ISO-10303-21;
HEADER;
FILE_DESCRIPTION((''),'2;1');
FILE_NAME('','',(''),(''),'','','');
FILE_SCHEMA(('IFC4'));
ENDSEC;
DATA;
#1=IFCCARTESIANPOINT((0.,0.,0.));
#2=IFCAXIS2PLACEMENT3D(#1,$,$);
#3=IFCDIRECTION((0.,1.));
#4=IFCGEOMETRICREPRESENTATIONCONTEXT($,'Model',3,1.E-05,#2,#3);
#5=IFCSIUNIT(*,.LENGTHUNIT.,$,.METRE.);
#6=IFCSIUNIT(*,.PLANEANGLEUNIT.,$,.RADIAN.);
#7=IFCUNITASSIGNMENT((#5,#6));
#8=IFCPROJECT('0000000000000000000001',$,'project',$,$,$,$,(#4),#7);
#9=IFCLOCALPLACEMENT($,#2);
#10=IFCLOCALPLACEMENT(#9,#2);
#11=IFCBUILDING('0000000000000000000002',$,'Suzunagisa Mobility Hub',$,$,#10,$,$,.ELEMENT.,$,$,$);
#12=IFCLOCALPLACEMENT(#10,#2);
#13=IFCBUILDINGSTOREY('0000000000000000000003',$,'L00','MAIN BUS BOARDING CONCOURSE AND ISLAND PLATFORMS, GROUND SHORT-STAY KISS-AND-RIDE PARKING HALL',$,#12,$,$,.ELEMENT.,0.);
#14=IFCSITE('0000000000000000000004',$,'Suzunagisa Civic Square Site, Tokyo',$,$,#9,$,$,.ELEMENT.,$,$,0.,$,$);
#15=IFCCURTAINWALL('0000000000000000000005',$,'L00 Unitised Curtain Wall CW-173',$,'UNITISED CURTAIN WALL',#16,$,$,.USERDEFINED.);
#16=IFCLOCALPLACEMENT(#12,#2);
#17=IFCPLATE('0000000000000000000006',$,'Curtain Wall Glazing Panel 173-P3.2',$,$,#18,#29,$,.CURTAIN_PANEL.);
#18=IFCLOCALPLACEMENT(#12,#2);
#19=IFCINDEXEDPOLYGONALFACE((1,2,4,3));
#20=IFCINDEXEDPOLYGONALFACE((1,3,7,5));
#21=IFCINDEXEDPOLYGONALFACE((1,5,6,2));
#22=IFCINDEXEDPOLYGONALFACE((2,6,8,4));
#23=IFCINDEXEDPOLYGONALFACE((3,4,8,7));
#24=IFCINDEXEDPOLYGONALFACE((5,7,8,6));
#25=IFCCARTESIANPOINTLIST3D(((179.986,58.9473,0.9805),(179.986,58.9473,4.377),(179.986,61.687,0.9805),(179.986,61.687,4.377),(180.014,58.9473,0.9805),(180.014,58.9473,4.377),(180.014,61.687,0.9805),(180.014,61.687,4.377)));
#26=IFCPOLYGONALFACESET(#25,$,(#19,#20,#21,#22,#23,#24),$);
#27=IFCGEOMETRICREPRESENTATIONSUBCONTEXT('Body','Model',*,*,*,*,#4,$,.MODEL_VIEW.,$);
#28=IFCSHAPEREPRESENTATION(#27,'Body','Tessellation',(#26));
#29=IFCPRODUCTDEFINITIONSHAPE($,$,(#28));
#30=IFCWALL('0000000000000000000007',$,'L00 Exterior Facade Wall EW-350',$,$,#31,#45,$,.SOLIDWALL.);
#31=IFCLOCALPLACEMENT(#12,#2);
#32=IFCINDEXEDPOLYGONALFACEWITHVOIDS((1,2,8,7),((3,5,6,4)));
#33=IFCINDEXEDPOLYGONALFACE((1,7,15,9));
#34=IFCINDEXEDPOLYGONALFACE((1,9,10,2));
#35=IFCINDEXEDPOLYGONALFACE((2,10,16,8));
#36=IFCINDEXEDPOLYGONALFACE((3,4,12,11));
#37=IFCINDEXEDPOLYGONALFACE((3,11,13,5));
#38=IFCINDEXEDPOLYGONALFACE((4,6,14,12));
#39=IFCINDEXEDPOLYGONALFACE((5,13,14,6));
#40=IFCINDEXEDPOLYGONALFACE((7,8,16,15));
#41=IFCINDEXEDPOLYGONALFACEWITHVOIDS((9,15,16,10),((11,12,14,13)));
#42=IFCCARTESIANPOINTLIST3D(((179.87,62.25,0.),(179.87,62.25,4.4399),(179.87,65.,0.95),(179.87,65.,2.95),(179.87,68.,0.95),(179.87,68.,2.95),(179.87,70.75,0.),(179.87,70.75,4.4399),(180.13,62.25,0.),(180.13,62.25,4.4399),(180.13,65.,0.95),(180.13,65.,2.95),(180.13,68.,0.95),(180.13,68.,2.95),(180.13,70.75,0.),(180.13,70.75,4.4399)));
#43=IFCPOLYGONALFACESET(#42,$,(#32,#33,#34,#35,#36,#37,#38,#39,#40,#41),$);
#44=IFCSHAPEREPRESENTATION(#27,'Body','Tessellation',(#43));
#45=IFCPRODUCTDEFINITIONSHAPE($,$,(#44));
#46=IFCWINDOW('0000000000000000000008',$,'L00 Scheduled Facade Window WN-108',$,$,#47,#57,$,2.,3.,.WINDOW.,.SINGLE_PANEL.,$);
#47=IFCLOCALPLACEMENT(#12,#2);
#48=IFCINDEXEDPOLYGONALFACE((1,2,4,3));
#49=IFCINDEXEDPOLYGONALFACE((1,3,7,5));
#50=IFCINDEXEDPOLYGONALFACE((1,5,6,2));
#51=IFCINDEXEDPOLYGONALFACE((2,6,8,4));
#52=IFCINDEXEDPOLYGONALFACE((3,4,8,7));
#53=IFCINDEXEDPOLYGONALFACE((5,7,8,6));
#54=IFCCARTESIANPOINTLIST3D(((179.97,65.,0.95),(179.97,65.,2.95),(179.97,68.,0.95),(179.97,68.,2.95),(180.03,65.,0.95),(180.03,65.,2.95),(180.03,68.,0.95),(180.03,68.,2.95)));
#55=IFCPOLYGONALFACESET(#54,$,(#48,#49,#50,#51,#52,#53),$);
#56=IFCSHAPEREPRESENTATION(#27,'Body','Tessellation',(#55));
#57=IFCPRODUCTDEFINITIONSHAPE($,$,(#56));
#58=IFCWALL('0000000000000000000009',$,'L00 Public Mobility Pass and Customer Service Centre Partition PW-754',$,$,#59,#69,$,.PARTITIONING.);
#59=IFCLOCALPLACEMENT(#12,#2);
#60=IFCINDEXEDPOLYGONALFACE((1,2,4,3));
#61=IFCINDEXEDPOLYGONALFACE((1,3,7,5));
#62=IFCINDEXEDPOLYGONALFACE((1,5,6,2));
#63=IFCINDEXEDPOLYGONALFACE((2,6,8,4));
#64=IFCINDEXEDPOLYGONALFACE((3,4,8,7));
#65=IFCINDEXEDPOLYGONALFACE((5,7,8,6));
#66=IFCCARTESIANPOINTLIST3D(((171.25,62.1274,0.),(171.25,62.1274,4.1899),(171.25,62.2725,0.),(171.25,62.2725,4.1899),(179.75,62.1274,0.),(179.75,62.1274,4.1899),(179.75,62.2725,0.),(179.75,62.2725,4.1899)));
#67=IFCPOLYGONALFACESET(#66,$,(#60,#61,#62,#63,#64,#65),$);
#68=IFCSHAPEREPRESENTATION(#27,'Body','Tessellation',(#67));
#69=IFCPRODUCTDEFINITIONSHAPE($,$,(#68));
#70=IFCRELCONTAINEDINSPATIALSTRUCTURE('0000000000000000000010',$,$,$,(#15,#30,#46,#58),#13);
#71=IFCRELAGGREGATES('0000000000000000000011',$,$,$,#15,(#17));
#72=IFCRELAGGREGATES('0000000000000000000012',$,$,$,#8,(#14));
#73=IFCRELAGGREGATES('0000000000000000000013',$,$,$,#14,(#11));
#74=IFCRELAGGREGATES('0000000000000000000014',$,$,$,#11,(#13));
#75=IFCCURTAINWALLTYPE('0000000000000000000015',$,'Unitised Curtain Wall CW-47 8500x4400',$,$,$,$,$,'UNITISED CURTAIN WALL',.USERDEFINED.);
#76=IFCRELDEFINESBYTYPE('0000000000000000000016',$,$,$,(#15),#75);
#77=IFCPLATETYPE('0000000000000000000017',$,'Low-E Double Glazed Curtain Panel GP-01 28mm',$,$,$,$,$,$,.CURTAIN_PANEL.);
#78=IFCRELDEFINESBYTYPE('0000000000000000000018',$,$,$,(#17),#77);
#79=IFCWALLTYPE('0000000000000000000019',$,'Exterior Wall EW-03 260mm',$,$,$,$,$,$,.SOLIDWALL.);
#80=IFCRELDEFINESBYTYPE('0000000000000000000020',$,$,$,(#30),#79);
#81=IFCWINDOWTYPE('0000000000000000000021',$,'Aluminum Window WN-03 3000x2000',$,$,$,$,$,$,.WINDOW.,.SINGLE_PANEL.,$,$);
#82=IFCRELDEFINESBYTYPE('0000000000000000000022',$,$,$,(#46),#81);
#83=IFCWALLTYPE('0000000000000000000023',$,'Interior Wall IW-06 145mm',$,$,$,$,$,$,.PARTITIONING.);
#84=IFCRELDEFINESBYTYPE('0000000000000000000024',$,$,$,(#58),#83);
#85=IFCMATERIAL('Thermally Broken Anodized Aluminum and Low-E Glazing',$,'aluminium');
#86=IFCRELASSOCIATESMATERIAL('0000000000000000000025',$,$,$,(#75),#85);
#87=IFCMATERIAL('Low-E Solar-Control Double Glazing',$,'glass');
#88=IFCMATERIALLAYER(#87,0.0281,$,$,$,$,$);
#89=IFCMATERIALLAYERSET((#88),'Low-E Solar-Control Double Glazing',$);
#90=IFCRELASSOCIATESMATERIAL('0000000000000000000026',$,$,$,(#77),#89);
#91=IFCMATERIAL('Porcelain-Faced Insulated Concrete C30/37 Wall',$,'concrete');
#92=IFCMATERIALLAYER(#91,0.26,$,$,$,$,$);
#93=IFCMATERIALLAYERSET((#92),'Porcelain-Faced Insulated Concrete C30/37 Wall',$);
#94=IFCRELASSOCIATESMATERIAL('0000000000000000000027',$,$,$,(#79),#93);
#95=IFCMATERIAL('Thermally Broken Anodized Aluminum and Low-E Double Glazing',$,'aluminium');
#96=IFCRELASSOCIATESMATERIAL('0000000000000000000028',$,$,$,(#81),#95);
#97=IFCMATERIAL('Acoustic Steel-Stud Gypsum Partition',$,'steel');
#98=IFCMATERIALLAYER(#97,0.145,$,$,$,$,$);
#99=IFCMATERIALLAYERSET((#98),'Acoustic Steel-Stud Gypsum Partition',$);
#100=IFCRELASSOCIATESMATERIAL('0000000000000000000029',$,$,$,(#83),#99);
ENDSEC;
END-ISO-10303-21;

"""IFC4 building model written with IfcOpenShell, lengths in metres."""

from ifc_helpers import new_model, si_unit, direction, frame, frame_2d, origin, origin_2d, place, context, subcontext, project, spatial, rectangle, extrude, material, layer, layer_set, type_object, element, fill, aggregate, save


model = new_model("IFC4")

# Units and contexts
model_context = context("Model", 3, precision=1e-05, world=origin(), true_north=direction((0.0, 1.0)))
body_context = subcontext(model_context, "Body", "Model", "MODEL_VIEW")
ifc_project = project(units=[si_unit("LENGTHUNIT", "METRE"), si_unit("PLANEANGLEUNIT", "RADIAN")], contexts=[model_context])

# Site, building, storey
site_placement = place(None, origin())
site = spatial("IfcSite", under=ifc_project, at=site_placement, Name="Suzunagisa Civic Square Site, Tokyo", CompositionType="ELEMENT", RefElevation=0.0)
building_placement = place(site_placement, origin())
building = spatial("IfcBuilding", under=site, at=building_placement, Name="Suzunagisa Mobility Hub", CompositionType="ELEMENT")
storey_placement = place(building_placement, origin())
storey = spatial("IfcBuildingStorey", under=building, at=storey_placement, Name="L00", Description="MAIN BUS BOARDING CONCOURSE AND ISLAND PLATFORMS, GROUND SHORT-STAY KISS-AND-RIDE PARKING HALL", CompositionType="ELEMENT", Elevation=0.0)

# Curtain wall
ifc_material_1 = material(Name="Thermally Broken Anodized Aluminum and Low-E Glazing", Category="aluminium")
curtain_wall_type = type_object("IfcCurtainWallType", Name="Unitised Curtain Wall CW-47 8500x4400", ElementType="UNITISED CURTAIN WALL", PredefinedType="USERDEFINED", material=ifc_material_1)
curtain_wall_placement = place(storey_placement, origin())
curtain_wall = element("IfcCurtainWall", 1, at=curtain_wall_placement, inside=storey, type_object=curtain_wall_type, Name="L00 Unitised Curtain Wall CW-173", ObjectType="UNITISED CURTAIN WALL", PredefinedType="USERDEFINED")

# Plate
ifc_material_2 = material(Name="Low-E Solar-Control Double Glazing", Category="glass")
ifc_layer_1 = layer(ifc_material_2, 0.0281)
ifc_layer_set_1 = layer_set([ifc_layer_1], Name="Low-E Solar-Control Double Glazing")
plate_type = type_object("IfcPlateType", Name="Low-E Double Glazed Curtain Panel GP-01 28mm", PredefinedType="CURTAIN_PANEL", material=ifc_layer_set_1)
plate_1_placement = place(storey_placement, frame((180.0, 60.3171, 0.9805), z_axis=(0.0, 0.0, 1.0), x_axis=(0.0, 1.0, 0.0)))
plate_1 = element("IfcPlate", 2, at=plate_1_placement, type_object=plate_type, Name="Curtain Wall Glazing Panel 173-P3.2", PredefinedType="CURTAIN_PANEL", context=body_context, shape_type="SweptSolid", body=[
    extrude(rectangle(XDim=2.7397, YDim=0.0281, at=origin_2d()), origin(), (0.0, 0.0, 1.0), 3.3965),
])
aggregate(curtain_wall, [plate_1])

# Wall, opening, window
ifc_material_3 = material(Name="Porcelain-Faced Insulated Concrete C30/37 Wall", Category="concrete")
ifc_layer_2 = layer(ifc_material_3, 0.26)
ifc_layer_set_2 = layer_set([ifc_layer_2], Name="Porcelain-Faced Insulated Concrete C30/37 Wall")
wall_type_1 = type_object("IfcWallType", Name="Exterior Wall EW-03 260mm", PredefinedType="SOLIDWALL", material=ifc_layer_set_2)
wall_1_placement = place(storey_placement, frame((180.0, 62.25, 0.0), z_axis=(0.0, 0.0, 1.0), x_axis=(0.0, 1.0, 0.0)))
wall_1 = element("IfcWall", 3, at=wall_1_placement, inside=storey, type_object=wall_type_1, Name="L00 Exterior Facade Wall EW-350", PredefinedType="SOLIDWALL", context=body_context, shape_type="SweptSolid", body=[
    extrude(rectangle(XDim=8.5, YDim=0.26, at=frame_2d((4.25, 0.0))), origin(), (0.0, 0.0, 1.0), 4.4399),
])
opening_placement = place(wall_1_placement, frame((2.75, 0.0, 0.95)))
opening = element("IfcOpeningElement", 4, at=opening_placement, cuts=wall_1, PredefinedType="OPENING", context=body_context, shape_type="SweptSolid", body=[
    extrude(rectangle(XDim=3.0, YDim=2.0, at=frame_2d((1.5, 1.0))), frame((0.0, 0.1411, 0.0), z_axis=(0.0, -1.0, 0.0), x_axis=(1.0, 0.0, 0.0)), (0.0, 0.0, 1.0), 0.282),
])
ifc_material_4 = material(Name="Thermally Broken Anodized Aluminum and Low-E Double Glazing", Category="aluminium")
window_type = type_object("IfcWindowType", Name="Aluminum Window WN-03 3000x2000", PartitioningType="SINGLE_PANEL", PredefinedType="WINDOW", material=ifc_material_4)
window_placement = place(opening_placement, origin())
window = element("IfcWindow", 5, at=window_placement, inside=storey, type_object=window_type, Name="L00 Scheduled Facade Window WN-108", OverallHeight=2.0, OverallWidth=3.0, PartitioningType="SINGLE_PANEL", PredefinedType="WINDOW", context=body_context, shape_type="SweptSolid", body=[
    extrude(rectangle(XDim=3.0, YDim=2.0, at=frame_2d((1.5, 1.0))), frame((0.0, 0.03, 0.0), z_axis=(0.0, -1.0, 0.0), x_axis=(1.0, 0.0, 0.0)), (0.0, 0.0, 1.0), 0.0601),
])
fill(opening, window)

# Wall
ifc_material_5 = material(Name="Acoustic Steel-Stud Gypsum Partition", Category="steel")
ifc_layer_3 = layer(ifc_material_5, 0.145)
ifc_layer_set_3 = layer_set([ifc_layer_3], Name="Acoustic Steel-Stud Gypsum Partition")
wall_type_2 = type_object("IfcWallType", Name="Interior Wall IW-06 145mm", PredefinedType="PARTITIONING", material=ifc_layer_set_3)
wall_2_placement = place(storey_placement, frame((171.25, 62.2, 0.0), z_axis=(0.0, 0.0, 1.0), x_axis=(1.0, 0.0, 0.0)))
element("IfcWall", 6, at=wall_2_placement, inside=storey, type_object=wall_type_2, Name="L00 Public Mobility Pass and Customer Service Centre Partition PW-754", PredefinedType="PARTITIONING", context=body_context, shape_type="SweptSolid", body=[
    extrude(rectangle(XDim=8.5, YDim=0.145, at=frame_2d((4.25, 0.0))), origin(), (0.0, 0.0, 1.0), 4.1899),
])

save(model, "model.ifc")
